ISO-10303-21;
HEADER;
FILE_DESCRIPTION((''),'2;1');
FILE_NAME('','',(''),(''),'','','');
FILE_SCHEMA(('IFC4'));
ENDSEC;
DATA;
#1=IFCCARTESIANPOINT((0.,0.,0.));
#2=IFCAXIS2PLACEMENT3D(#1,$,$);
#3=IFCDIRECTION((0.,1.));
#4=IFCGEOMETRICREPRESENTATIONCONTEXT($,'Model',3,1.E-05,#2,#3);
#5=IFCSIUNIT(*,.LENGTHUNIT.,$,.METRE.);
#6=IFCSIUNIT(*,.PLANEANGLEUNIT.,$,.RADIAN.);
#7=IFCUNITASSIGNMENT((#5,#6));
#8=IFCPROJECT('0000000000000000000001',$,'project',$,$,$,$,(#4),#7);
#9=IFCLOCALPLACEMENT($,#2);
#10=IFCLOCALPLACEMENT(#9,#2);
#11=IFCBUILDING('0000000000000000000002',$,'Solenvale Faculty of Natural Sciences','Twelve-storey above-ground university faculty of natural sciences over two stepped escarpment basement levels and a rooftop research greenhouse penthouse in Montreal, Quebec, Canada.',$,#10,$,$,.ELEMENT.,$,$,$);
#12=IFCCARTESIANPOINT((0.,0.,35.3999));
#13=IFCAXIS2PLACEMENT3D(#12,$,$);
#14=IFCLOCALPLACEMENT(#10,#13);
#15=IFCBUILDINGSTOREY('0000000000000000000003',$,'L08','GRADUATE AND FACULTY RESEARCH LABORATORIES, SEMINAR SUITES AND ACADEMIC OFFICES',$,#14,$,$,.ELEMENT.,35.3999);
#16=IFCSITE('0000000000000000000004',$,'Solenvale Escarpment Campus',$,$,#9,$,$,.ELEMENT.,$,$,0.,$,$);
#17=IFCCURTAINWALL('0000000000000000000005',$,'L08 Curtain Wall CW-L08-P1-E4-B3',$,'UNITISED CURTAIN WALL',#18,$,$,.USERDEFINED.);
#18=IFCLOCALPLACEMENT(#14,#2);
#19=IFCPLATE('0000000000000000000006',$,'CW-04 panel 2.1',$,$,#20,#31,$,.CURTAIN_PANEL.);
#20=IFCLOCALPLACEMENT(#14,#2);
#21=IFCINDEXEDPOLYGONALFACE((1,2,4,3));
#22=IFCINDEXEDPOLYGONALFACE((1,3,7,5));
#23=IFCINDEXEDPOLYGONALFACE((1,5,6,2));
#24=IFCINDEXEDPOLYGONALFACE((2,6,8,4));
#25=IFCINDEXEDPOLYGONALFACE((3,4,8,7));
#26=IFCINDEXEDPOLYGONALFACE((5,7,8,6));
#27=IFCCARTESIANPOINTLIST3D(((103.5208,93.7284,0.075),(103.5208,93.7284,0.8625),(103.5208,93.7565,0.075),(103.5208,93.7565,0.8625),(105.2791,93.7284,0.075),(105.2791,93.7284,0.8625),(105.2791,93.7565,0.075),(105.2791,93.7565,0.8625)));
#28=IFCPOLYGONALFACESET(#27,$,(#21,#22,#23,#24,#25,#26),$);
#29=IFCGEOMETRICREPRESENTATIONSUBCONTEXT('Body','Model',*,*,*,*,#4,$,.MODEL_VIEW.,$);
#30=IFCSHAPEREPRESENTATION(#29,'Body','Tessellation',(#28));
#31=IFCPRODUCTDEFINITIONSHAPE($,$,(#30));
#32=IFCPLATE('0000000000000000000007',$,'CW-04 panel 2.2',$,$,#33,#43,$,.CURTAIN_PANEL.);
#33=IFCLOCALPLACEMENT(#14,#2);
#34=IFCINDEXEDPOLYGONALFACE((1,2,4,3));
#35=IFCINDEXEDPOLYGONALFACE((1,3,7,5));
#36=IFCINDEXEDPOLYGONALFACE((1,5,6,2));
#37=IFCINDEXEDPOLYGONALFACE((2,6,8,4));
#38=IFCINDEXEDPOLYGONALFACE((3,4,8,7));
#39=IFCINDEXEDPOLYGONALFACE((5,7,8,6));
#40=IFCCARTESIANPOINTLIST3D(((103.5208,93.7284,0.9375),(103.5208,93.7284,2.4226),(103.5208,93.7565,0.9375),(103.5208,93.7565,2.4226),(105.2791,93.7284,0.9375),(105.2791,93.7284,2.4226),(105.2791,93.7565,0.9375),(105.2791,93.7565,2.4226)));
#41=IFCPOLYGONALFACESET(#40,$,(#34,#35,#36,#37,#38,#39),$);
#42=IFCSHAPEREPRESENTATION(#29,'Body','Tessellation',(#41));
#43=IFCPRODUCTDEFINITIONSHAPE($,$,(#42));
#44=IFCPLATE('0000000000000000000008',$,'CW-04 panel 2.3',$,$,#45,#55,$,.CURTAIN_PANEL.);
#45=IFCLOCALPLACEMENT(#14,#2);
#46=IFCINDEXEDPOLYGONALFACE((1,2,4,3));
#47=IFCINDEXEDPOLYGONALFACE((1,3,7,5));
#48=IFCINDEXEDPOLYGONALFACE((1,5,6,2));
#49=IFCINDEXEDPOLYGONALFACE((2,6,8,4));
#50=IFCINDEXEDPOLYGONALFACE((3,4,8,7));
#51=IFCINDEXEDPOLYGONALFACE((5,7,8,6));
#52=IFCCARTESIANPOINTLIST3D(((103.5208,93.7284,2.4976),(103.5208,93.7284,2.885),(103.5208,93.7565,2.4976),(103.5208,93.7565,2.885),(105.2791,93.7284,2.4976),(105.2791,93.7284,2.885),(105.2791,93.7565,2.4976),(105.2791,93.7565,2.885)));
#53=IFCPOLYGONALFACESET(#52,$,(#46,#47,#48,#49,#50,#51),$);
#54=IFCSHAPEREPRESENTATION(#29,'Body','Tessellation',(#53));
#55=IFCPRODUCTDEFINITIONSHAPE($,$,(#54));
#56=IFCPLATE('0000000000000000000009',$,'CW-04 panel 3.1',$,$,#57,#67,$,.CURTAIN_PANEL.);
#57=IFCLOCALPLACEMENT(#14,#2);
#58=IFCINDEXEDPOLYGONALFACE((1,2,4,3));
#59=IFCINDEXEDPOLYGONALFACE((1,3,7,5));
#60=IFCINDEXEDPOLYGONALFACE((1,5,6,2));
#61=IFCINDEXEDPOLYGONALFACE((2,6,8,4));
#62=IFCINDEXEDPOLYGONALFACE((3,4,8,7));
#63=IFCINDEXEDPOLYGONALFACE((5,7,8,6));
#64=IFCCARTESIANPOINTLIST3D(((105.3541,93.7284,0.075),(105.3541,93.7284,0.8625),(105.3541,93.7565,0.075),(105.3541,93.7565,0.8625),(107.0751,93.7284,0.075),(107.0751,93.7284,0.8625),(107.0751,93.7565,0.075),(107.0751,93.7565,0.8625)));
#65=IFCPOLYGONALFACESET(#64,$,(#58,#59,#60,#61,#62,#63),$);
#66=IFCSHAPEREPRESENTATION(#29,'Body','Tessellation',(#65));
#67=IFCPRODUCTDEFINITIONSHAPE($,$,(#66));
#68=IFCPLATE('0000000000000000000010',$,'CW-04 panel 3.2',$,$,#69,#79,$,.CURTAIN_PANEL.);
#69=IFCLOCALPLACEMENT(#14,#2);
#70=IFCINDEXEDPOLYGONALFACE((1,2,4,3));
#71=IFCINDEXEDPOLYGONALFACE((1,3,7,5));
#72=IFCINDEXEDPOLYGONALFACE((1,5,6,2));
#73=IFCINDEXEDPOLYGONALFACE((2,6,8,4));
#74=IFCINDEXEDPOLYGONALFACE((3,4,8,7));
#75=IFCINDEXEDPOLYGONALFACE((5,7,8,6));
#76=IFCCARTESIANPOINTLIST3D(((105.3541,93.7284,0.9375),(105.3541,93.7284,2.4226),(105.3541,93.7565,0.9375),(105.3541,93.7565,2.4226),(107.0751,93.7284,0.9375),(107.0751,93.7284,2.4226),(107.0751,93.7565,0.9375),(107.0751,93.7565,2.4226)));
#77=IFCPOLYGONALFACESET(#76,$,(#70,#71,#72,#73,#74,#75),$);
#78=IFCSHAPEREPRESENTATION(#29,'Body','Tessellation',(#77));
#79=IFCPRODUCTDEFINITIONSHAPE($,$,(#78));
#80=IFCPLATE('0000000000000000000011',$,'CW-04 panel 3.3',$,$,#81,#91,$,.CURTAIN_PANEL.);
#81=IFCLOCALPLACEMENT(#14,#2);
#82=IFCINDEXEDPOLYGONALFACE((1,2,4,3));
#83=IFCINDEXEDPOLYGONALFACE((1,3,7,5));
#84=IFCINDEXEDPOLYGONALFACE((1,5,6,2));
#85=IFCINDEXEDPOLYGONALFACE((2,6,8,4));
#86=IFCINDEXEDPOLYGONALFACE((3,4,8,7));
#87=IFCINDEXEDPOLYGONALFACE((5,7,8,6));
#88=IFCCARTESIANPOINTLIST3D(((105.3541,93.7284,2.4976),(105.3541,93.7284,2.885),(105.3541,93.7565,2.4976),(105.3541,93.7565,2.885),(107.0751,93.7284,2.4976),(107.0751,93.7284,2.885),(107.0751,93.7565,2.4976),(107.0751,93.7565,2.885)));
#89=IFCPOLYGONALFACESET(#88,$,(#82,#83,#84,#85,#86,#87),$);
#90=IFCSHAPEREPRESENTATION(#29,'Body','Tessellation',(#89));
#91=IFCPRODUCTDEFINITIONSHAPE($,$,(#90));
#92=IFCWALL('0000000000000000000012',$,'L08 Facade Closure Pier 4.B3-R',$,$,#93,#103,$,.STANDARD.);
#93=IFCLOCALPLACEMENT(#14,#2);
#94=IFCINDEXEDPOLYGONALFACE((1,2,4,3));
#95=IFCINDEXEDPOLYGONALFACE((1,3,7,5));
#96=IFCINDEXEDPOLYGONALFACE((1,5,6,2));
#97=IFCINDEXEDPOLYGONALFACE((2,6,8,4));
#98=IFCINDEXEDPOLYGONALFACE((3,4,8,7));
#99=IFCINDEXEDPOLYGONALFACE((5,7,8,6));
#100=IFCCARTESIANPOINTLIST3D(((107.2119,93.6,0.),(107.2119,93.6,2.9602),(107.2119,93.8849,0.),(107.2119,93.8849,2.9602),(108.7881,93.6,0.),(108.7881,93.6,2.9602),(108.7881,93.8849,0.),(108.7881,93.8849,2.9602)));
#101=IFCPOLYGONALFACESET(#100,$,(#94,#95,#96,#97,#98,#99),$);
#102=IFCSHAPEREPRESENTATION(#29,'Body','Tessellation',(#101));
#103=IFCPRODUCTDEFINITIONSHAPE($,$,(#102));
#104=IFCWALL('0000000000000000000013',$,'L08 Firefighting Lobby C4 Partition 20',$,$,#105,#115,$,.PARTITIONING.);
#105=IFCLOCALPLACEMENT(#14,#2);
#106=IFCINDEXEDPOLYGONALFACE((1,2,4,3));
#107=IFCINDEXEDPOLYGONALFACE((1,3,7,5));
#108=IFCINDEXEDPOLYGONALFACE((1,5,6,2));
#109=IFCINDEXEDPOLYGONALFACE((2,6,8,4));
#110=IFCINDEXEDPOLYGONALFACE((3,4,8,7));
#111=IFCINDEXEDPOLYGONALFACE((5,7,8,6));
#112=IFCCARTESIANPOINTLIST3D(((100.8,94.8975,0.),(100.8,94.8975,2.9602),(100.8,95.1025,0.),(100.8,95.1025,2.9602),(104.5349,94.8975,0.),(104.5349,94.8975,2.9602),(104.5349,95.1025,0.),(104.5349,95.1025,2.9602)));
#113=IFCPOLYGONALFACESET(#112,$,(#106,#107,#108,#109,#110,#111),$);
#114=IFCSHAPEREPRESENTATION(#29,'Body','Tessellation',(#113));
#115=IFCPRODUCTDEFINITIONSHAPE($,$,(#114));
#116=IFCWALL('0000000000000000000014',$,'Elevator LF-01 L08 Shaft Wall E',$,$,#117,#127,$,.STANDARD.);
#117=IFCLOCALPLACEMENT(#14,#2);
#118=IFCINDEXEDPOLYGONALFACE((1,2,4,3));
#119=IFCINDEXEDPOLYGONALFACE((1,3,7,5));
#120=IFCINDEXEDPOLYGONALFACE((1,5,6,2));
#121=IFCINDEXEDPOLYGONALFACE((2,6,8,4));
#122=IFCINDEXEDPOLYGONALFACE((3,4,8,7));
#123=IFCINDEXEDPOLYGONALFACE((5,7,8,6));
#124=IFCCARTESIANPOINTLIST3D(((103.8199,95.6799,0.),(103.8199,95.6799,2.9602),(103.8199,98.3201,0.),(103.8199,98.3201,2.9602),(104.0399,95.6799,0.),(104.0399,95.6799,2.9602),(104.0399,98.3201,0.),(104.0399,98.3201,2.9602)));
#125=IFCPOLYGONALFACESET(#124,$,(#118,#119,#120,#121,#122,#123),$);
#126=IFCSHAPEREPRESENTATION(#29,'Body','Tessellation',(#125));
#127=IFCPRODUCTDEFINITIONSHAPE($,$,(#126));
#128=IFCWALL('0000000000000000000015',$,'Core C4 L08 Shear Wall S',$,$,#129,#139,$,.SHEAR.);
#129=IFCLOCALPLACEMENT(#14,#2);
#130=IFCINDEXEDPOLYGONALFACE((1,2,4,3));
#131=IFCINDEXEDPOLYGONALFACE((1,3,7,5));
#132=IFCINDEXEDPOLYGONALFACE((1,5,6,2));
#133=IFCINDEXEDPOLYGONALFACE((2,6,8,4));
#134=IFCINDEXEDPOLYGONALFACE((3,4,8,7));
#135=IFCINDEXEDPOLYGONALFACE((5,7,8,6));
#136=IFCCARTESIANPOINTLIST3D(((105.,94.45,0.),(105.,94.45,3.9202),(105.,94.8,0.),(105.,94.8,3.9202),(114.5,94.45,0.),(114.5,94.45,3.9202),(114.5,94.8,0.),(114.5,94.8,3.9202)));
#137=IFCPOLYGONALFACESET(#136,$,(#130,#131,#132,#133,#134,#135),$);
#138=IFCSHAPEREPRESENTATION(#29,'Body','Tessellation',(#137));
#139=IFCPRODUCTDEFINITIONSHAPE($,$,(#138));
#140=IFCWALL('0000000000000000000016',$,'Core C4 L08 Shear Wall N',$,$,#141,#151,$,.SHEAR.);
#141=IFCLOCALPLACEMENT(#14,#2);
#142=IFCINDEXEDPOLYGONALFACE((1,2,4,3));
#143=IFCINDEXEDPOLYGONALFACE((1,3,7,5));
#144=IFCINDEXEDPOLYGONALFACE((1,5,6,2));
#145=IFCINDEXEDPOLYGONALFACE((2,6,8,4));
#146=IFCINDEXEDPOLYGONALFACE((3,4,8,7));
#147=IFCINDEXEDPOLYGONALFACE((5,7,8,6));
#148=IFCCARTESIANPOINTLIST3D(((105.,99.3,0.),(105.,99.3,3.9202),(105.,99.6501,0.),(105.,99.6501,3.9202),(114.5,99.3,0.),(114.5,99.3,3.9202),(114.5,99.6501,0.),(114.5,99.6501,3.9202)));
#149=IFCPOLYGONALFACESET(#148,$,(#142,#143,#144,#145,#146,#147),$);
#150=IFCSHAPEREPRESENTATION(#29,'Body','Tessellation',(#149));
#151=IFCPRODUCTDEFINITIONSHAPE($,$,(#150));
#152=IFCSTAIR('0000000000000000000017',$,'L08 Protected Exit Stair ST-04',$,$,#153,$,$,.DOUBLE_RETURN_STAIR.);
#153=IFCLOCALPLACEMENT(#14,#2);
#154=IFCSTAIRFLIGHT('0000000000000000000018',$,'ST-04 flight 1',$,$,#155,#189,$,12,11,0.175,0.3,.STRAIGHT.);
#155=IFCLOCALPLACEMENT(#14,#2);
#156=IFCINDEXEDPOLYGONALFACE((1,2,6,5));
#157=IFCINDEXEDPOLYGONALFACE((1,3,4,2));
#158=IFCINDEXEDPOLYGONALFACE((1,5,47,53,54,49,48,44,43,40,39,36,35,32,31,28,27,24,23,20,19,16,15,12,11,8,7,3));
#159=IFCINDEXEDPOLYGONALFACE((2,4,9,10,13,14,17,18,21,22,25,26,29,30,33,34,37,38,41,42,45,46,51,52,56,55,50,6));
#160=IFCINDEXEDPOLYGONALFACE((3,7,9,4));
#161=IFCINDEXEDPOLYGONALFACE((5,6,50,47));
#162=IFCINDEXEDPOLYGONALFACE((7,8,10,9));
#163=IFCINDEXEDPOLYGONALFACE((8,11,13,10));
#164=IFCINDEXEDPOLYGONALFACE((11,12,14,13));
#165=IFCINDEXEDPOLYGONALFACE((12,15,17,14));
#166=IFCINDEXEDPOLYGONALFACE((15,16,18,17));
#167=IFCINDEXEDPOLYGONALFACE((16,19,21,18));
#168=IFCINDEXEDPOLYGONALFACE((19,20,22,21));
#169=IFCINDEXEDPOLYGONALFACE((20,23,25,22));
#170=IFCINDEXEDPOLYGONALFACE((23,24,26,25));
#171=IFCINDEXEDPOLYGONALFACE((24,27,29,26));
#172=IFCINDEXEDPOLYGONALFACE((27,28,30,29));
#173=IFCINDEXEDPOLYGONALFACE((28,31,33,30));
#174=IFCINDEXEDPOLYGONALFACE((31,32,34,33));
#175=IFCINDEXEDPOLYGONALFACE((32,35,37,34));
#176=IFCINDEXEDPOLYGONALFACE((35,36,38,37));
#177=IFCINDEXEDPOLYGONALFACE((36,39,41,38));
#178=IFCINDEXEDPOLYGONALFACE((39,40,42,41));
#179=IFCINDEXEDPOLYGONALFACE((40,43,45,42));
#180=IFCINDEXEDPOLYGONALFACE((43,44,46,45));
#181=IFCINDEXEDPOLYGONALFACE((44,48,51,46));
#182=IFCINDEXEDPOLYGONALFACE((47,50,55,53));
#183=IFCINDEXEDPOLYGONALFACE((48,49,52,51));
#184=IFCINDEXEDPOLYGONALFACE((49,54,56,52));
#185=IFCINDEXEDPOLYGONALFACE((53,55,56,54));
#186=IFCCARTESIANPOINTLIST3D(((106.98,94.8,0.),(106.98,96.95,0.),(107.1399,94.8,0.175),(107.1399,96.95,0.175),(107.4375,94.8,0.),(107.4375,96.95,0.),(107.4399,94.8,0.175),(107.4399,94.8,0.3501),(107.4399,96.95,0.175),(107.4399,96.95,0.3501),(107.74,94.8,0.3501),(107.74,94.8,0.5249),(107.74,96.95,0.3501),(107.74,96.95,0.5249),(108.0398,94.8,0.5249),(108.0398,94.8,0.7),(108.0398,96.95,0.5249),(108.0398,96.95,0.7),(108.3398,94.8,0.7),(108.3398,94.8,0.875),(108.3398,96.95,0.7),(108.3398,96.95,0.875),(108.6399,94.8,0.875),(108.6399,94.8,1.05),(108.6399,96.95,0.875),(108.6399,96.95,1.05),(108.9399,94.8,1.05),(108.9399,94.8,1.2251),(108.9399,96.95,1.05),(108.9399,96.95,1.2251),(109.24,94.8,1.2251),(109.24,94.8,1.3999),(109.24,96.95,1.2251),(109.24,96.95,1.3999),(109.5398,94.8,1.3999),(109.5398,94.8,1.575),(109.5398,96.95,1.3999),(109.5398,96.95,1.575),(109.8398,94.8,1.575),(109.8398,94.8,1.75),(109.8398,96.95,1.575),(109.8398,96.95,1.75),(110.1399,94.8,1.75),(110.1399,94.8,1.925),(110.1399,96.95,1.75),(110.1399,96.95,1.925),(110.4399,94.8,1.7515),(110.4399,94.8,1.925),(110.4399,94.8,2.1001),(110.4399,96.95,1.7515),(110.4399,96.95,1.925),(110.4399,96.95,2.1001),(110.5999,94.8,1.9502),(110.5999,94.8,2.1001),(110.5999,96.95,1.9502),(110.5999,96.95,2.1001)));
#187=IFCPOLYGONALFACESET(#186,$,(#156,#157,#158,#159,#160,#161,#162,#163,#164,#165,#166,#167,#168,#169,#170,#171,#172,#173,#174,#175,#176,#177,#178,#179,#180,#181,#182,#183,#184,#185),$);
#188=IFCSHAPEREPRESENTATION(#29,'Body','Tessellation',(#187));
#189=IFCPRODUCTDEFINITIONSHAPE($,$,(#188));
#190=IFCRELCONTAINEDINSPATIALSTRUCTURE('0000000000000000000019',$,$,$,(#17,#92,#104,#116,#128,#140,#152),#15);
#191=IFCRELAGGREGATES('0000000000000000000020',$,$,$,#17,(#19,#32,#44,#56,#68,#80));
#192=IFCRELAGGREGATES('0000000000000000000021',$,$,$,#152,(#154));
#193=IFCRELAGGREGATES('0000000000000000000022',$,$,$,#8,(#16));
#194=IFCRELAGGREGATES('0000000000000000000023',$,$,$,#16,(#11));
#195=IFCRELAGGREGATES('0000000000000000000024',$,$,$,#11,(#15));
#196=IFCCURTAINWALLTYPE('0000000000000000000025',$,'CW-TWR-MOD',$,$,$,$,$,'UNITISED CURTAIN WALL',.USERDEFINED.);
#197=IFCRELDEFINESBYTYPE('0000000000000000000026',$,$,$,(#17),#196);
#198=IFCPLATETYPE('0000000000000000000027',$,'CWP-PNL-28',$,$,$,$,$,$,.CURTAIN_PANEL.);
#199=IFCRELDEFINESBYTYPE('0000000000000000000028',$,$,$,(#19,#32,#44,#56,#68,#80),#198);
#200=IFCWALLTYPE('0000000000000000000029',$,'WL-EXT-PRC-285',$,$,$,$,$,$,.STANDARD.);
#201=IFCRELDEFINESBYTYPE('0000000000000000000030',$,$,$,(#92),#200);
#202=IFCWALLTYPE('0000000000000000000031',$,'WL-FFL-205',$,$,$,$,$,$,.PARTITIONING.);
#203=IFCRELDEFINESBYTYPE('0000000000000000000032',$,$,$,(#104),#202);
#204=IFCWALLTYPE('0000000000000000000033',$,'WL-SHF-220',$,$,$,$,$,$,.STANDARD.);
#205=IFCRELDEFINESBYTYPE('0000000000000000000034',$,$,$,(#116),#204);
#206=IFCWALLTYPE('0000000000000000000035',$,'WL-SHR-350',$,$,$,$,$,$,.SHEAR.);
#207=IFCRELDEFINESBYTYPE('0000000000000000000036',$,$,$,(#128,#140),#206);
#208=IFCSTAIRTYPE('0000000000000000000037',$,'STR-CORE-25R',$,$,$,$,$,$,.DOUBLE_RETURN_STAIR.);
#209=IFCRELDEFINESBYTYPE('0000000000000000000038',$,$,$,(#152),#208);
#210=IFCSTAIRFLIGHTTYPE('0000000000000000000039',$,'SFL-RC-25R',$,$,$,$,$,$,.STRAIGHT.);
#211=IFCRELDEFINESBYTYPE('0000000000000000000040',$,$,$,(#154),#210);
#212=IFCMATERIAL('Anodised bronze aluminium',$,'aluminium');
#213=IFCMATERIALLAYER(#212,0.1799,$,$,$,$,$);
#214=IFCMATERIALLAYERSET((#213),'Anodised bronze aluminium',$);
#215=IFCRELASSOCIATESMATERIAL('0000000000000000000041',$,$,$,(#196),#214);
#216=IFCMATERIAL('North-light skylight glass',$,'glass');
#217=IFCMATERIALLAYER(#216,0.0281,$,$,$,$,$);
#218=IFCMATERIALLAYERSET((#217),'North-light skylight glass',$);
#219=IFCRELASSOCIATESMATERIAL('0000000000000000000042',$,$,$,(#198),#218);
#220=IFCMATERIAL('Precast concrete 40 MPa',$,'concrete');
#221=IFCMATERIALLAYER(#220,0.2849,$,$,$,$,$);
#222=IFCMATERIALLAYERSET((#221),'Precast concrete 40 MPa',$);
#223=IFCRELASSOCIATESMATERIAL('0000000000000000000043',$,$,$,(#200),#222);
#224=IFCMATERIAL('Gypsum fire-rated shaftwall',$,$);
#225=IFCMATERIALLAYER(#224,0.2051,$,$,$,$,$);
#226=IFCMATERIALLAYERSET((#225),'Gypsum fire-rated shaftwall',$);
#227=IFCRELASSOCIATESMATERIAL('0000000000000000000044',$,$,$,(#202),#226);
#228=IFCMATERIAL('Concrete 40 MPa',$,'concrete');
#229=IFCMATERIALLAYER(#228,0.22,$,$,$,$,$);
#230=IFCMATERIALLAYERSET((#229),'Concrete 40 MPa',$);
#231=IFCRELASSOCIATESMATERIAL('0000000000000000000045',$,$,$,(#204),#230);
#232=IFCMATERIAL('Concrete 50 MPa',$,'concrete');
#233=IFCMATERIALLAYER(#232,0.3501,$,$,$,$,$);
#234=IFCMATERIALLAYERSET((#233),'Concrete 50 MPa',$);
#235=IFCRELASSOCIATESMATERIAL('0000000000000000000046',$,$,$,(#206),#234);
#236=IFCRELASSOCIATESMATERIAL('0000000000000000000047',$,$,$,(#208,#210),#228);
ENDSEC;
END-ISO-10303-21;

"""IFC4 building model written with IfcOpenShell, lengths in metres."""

from ifc_helpers import new_model, si_unit, direction, frame, frame_2d, origin, origin_2d, place, context, subcontext, project, spatial, polyline, rectangle, outline, extrude, material, layer, layer_set, type_object, element, aggregate, save


model = new_model("IFC4")

# Units and contexts
model_context = context("Model", 3, precision=1e-05, world=origin(), true_north=direction((0.0, 1.0)))
body_context = subcontext(model_context, "Body", "Model", "MODEL_VIEW")
ifc_project = project(units=[si_unit("LENGTHUNIT", "METRE"), si_unit("PLANEANGLEUNIT", "RADIAN")], contexts=[model_context])

# Site, building, storey
site_placement = place(None, origin())
site = spatial("IfcSite", under=ifc_project, at=site_placement, Name="Solenvale Escarpment Campus", CompositionType="ELEMENT", RefElevation=0.0)
building_placement = place(site_placement, origin())
building = spatial("IfcBuilding", under=site, at=building_placement, Name="Solenvale Faculty of Natural Sciences", Description="Twelve-storey above-ground university faculty of natural sciences over two stepped escarpment basement levels and a rooftop research greenhouse penthouse in Montreal, Quebec, Canada.", CompositionType="ELEMENT")
storey_placement = place(building_placement, frame((0.0, 0.0, 35.3999)))
storey = spatial("IfcBuildingStorey", under=building, at=storey_placement, Name="L08", Description="GRADUATE AND FACULTY RESEARCH LABORATORIES, SEMINAR SUITES AND ACADEMIC OFFICES", CompositionType="ELEMENT", Elevation=35.3999)

# Shared definitions
ifc_material_1 = material(Name="Concrete 40 MPa", Category="concrete")

# Curtain wall
ifc_material_2 = material(Name="Anodised bronze aluminium", Category="aluminium")
ifc_layer_1 = layer(ifc_material_2, 0.1799)
ifc_layer_set_1 = layer_set([ifc_layer_1], Name="Anodised bronze aluminium")
curtain_wall_type = type_object("IfcCurtainWallType", Name="CW-TWR-MOD", ElementType="UNITISED CURTAIN WALL", PredefinedType="USERDEFINED", material=ifc_layer_set_1)
curtain_wall_1_placement = place(storey_placement, origin())
curtain_wall_1 = element("IfcCurtainWall", 1, at=curtain_wall_1_placement, inside=storey, type_object=curtain_wall_type, Name="L08 Curtain Wall CW-L08-P1-E4-B3", ObjectType="UNITISED CURTAIN WALL", PredefinedType="USERDEFINED")

# Plates
ifc_material_3 = material(Name="North-light skylight glass", Category="glass")
ifc_layer_2 = layer(ifc_material_3, 0.0281)
ifc_layer_set_2 = layer_set([ifc_layer_2], Name="North-light skylight glass")
plate_type = type_object("IfcPlateType", Name="CWP-PNL-28", PredefinedType="CURTAIN_PANEL", material=ifc_layer_set_2)
plate_1_placement = place(storey_placement, frame((104.3999, 93.7424, 0.075), z_axis=(0.0, 0.0, 1.0), x_axis=(1.0, 0.0, 0.0)))
plate_1 = element("IfcPlate", 2, at=plate_1_placement, type_object=plate_type, Name="CW-04 panel 2.1", PredefinedType="CURTAIN_PANEL", context=body_context, shape_type="SweptSolid", body=[
    extrude(rectangle(XDim=1.7583, YDim=0.0281, at=origin_2d()), origin(), (0.0, 0.0, 1.0), 0.7876),
])
plate_2_placement = place(storey_placement, frame((104.3999, 93.7424, 0.9375), z_axis=(0.0, 0.0, 1.0), x_axis=(1.0, 0.0, 0.0)))
plate_2 = element("IfcPlate", 3, at=plate_2_placement, type_object=plate_type, Name="CW-04 panel 2.2", PredefinedType="CURTAIN_PANEL", context=body_context, shape_type="SweptSolid", body=[
    extrude(rectangle(XDim=1.7583, YDim=0.0281, at=origin_2d()), origin(), (0.0, 0.0, 1.0), 1.4851),
])
plate_3_placement = place(storey_placement, frame((104.3999, 93.7424, 2.4976), z_axis=(0.0, 0.0, 1.0), x_axis=(1.0, 0.0, 0.0)))
plate_3 = element("IfcPlate", 4, at=plate_3_placement, type_object=plate_type, Name="CW-04 panel 2.3", PredefinedType="CURTAIN_PANEL", context=body_context, shape_type="SweptSolid", body=[
    extrude(rectangle(XDim=1.7583, YDim=0.0281, at=origin_2d()), origin(), (0.0, 0.0, 1.0), 0.3875),
])
plate_4_placement = place(storey_placement, frame((106.2146, 93.7424, 0.075), z_axis=(0.0, 0.0, 1.0), x_axis=(1.0, 0.0, 0.0)))
plate_4 = element("IfcPlate", 5, at=plate_4_placement, type_object=plate_type, Name="CW-04 panel 3.1", PredefinedType="CURTAIN_PANEL", context=body_context, shape_type="SweptSolid", body=[
    extrude(rectangle(XDim=1.7209, YDim=0.0281, at=origin_2d()), origin(), (0.0, 0.0, 1.0), 0.7876),
])
plate_5_placement = place(storey_placement, frame((106.2146, 93.7424, 0.9375), z_axis=(0.0, 0.0, 1.0), x_axis=(1.0, 0.0, 0.0)))
plate_5 = element("IfcPlate", 6, at=plate_5_placement, type_object=plate_type, Name="CW-04 panel 3.2", PredefinedType="CURTAIN_PANEL", context=body_context, shape_type="SweptSolid", body=[
    extrude(rectangle(XDim=1.7209, YDim=0.0281, at=origin_2d()), origin(), (0.0, 0.0, 1.0), 1.4851),
])
plate_6_placement = place(storey_placement, frame((106.2146, 93.7424, 2.4976), z_axis=(0.0, 0.0, 1.0), x_axis=(1.0, 0.0, 0.0)))
plate_6 = element("IfcPlate", 7, at=plate_6_placement, type_object=plate_type, Name="CW-04 panel 3.3", PredefinedType="CURTAIN_PANEL", context=body_context, shape_type="SweptSolid", body=[
    extrude(rectangle(XDim=1.7209, YDim=0.0281, at=origin_2d()), origin(), (0.0, 0.0, 1.0), 0.3875),
])
aggregate(curtain_wall_1, [plate_1, plate_2, plate_3, plate_4, plate_5, plate_6])

# Walls
ifc_material_4 = material(Name="Precast concrete 40 MPa", Category="concrete")
ifc_layer_3 = layer(ifc_material_4, 0.2849)
ifc_layer_set_3 = layer_set([ifc_layer_3], Name="Precast concrete 40 MPa")
wall_type_1 = type_object("IfcWallType", Name="WL-EXT-PRC-285", PredefinedType="STANDARD", material=ifc_layer_set_3)
wall_1_placement = place(storey_placement, frame((107.2119, 93.7424, 0.0), z_axis=(0.0, 0.0, 1.0), x_axis=(1.0, 0.0, 0.0)))
element("IfcWall", 8, at=wall_1_placement, inside=storey, type_object=wall_type_1, Name="L08 Facade Closure Pier 4.B3-R", PredefinedType="STANDARD", context=body_context, shape_type="SweptSolid", body=[
    extrude(rectangle(XDim=1.5762, YDim=0.2849, at=frame_2d((0.7881, 0.0))), origin(), (0.0, 0.0, 1.0), 2.9602),
])
ifc_material_5 = material(Name="Gypsum fire-rated shaftwall")
ifc_layer_4 = layer(ifc_material_5, 0.2051)
ifc_layer_set_4 = layer_set([ifc_layer_4], Name="Gypsum fire-rated shaftwall")
wall_type_2 = type_object("IfcWallType", Name="WL-FFL-205", PredefinedType="PARTITIONING", material=ifc_layer_set_4)
wall_2_placement = place(storey_placement, frame((104.5349, 95.0, 0.0), z_axis=(0.0, 0.0, 1.0), x_axis=(-1.0, 0.0, 0.0)))
element("IfcWall", 9, at=wall_2_placement, inside=storey, type_object=wall_type_2, Name="L08 Firefighting Lobby C4 Partition 20", PredefinedType="PARTITIONING", context=body_context, shape_type="SweptSolid", body=[
    extrude(rectangle(XDim=3.7349, YDim=0.2051, at=frame_2d((1.8674, 0.0))), origin(), (0.0, 0.0, 1.0), 2.9602),
])
ifc_layer_5 = layer(ifc_material_1, 0.22)
ifc_layer_set_5 = layer_set([ifc_layer_5], Name="Concrete 40 MPa")
wall_type_3 = type_object("IfcWallType", Name="WL-SHF-220", PredefinedType="STANDARD", material=ifc_layer_set_5)
wall_3_placement = place(storey_placement, frame((103.9299, 95.6799, 0.0), z_axis=(0.0, 0.0, 1.0), x_axis=(0.0, 1.0, 0.0)))
element("IfcWall", 10, at=wall_3_placement, inside=storey, type_object=wall_type_3, Name="Elevator LF-01 L08 Shaft Wall E", PredefinedType="STANDARD", context=body_context, shape_type="SweptSolid", body=[
    extrude(rectangle(XDim=2.6401, YDim=0.22, at=frame_2d((1.3201, 0.0))), origin(), (0.0, 0.0, 1.0), 2.9602),
])
ifc_material_6 = material(Name="Concrete 50 MPa", Category="concrete")
ifc_layer_6 = layer(ifc_material_6, 0.3501)
ifc_layer_set_6 = layer_set([ifc_layer_6], Name="Concrete 50 MPa")
wall_type_4 = type_object("IfcWallType", Name="WL-SHR-350", PredefinedType="SHEAR", material=ifc_layer_set_6)
for number, where, z_axis, x_axis, name in (
    (11, (105.0, 94.625, 0.0), (0.0, 0.0, 1.0), (1.0, 0.0, 0.0), "Core C4 L08 Shear Wall S"),
    (12, (105.0, 99.4751, 0.0), (0.0, 0.0, 1.0), (1.0, 0.0, 0.0), "Core C4 L08 Shear Wall N"),
):
    element("IfcWall", number, at=place(storey_placement, frame(where, z_axis=z_axis, x_axis=x_axis)), inside=storey, type_object=wall_type_4, Name=name, PredefinedType="SHEAR", context=body_context, shape_type="SweptSolid", body=[
        extrude(rectangle(XDim=9.5, YDim=0.3501, at=frame_2d((4.75, 0.0))), origin(), (0.0, 0.0, 1.0), 3.9202),
    ])

# Stair, stair flight
stair_type = type_object("IfcStairType", Name="STR-CORE-25R", PredefinedType="DOUBLE_RETURN_STAIR", material=ifc_material_1)
stair_placement = place(storey_placement, origin())
stair = element("IfcStair", 13, at=stair_placement, inside=storey, type_object=stair_type, Name="L08 Protected Exit Stair ST-04", PredefinedType="DOUBLE_RETURN_STAIR")
stair_flight_type = type_object("IfcStairFlightType", Name="SFL-RC-25R", PredefinedType="STRAIGHT", material=ifc_material_1)
stair_flight_placement = place(storey_placement, frame((107.1399, 95.875, 0.0), z_axis=(0.0, 0.0, 1.0), x_axis=(1.0, 0.0, 0.0)))
stair_flight = element("IfcStairFlight", 14, at=stair_flight_placement, type_object=stair_flight_type, Name="ST-04 flight 1", NumberOfRisers=12, NumberOfTreads=11, PredefinedType="STRAIGHT", RiserHeight=0.175, TreadLength=0.3, context=body_context, shape_type="SweptSolid", body=[
    extrude(outline(polyline([(-0.1599, 0.0), (0.0, 0.175), (0.3, 0.175), (0.3, 0.3501), (0.6001, 0.3501), (0.6001, 0.5249), (0.8999, 0.5249), (0.8999, 0.7), (1.2, 0.7), (1.2, 0.875), (1.5, 0.875), (1.5, 1.05), (1.8, 1.05), (1.8, 1.2251), (2.1001, 1.2251), (2.1001, 1.3999), (2.3999, 1.3999), (2.3999, 1.575), (2.7, 1.575), (2.7, 1.75), (3.0, 1.75), (3.0, 1.925), (3.3, 1.925), (3.3, 2.1001), (3.46, 2.1001), (3.46, 1.9502), (3.3, 1.7515), (0.2976, 0.0), (-0.1599, 0.0)])), frame((0.0, 1.075, 0.0), z_axis=(0.0, -1.0, 0.0), x_axis=(1.0, 0.0, 0.0)), (0.0, 0.0, 1.0), 2.1499),
])
aggregate(stair, [stair_flight])

save(model, "model.ifc")
